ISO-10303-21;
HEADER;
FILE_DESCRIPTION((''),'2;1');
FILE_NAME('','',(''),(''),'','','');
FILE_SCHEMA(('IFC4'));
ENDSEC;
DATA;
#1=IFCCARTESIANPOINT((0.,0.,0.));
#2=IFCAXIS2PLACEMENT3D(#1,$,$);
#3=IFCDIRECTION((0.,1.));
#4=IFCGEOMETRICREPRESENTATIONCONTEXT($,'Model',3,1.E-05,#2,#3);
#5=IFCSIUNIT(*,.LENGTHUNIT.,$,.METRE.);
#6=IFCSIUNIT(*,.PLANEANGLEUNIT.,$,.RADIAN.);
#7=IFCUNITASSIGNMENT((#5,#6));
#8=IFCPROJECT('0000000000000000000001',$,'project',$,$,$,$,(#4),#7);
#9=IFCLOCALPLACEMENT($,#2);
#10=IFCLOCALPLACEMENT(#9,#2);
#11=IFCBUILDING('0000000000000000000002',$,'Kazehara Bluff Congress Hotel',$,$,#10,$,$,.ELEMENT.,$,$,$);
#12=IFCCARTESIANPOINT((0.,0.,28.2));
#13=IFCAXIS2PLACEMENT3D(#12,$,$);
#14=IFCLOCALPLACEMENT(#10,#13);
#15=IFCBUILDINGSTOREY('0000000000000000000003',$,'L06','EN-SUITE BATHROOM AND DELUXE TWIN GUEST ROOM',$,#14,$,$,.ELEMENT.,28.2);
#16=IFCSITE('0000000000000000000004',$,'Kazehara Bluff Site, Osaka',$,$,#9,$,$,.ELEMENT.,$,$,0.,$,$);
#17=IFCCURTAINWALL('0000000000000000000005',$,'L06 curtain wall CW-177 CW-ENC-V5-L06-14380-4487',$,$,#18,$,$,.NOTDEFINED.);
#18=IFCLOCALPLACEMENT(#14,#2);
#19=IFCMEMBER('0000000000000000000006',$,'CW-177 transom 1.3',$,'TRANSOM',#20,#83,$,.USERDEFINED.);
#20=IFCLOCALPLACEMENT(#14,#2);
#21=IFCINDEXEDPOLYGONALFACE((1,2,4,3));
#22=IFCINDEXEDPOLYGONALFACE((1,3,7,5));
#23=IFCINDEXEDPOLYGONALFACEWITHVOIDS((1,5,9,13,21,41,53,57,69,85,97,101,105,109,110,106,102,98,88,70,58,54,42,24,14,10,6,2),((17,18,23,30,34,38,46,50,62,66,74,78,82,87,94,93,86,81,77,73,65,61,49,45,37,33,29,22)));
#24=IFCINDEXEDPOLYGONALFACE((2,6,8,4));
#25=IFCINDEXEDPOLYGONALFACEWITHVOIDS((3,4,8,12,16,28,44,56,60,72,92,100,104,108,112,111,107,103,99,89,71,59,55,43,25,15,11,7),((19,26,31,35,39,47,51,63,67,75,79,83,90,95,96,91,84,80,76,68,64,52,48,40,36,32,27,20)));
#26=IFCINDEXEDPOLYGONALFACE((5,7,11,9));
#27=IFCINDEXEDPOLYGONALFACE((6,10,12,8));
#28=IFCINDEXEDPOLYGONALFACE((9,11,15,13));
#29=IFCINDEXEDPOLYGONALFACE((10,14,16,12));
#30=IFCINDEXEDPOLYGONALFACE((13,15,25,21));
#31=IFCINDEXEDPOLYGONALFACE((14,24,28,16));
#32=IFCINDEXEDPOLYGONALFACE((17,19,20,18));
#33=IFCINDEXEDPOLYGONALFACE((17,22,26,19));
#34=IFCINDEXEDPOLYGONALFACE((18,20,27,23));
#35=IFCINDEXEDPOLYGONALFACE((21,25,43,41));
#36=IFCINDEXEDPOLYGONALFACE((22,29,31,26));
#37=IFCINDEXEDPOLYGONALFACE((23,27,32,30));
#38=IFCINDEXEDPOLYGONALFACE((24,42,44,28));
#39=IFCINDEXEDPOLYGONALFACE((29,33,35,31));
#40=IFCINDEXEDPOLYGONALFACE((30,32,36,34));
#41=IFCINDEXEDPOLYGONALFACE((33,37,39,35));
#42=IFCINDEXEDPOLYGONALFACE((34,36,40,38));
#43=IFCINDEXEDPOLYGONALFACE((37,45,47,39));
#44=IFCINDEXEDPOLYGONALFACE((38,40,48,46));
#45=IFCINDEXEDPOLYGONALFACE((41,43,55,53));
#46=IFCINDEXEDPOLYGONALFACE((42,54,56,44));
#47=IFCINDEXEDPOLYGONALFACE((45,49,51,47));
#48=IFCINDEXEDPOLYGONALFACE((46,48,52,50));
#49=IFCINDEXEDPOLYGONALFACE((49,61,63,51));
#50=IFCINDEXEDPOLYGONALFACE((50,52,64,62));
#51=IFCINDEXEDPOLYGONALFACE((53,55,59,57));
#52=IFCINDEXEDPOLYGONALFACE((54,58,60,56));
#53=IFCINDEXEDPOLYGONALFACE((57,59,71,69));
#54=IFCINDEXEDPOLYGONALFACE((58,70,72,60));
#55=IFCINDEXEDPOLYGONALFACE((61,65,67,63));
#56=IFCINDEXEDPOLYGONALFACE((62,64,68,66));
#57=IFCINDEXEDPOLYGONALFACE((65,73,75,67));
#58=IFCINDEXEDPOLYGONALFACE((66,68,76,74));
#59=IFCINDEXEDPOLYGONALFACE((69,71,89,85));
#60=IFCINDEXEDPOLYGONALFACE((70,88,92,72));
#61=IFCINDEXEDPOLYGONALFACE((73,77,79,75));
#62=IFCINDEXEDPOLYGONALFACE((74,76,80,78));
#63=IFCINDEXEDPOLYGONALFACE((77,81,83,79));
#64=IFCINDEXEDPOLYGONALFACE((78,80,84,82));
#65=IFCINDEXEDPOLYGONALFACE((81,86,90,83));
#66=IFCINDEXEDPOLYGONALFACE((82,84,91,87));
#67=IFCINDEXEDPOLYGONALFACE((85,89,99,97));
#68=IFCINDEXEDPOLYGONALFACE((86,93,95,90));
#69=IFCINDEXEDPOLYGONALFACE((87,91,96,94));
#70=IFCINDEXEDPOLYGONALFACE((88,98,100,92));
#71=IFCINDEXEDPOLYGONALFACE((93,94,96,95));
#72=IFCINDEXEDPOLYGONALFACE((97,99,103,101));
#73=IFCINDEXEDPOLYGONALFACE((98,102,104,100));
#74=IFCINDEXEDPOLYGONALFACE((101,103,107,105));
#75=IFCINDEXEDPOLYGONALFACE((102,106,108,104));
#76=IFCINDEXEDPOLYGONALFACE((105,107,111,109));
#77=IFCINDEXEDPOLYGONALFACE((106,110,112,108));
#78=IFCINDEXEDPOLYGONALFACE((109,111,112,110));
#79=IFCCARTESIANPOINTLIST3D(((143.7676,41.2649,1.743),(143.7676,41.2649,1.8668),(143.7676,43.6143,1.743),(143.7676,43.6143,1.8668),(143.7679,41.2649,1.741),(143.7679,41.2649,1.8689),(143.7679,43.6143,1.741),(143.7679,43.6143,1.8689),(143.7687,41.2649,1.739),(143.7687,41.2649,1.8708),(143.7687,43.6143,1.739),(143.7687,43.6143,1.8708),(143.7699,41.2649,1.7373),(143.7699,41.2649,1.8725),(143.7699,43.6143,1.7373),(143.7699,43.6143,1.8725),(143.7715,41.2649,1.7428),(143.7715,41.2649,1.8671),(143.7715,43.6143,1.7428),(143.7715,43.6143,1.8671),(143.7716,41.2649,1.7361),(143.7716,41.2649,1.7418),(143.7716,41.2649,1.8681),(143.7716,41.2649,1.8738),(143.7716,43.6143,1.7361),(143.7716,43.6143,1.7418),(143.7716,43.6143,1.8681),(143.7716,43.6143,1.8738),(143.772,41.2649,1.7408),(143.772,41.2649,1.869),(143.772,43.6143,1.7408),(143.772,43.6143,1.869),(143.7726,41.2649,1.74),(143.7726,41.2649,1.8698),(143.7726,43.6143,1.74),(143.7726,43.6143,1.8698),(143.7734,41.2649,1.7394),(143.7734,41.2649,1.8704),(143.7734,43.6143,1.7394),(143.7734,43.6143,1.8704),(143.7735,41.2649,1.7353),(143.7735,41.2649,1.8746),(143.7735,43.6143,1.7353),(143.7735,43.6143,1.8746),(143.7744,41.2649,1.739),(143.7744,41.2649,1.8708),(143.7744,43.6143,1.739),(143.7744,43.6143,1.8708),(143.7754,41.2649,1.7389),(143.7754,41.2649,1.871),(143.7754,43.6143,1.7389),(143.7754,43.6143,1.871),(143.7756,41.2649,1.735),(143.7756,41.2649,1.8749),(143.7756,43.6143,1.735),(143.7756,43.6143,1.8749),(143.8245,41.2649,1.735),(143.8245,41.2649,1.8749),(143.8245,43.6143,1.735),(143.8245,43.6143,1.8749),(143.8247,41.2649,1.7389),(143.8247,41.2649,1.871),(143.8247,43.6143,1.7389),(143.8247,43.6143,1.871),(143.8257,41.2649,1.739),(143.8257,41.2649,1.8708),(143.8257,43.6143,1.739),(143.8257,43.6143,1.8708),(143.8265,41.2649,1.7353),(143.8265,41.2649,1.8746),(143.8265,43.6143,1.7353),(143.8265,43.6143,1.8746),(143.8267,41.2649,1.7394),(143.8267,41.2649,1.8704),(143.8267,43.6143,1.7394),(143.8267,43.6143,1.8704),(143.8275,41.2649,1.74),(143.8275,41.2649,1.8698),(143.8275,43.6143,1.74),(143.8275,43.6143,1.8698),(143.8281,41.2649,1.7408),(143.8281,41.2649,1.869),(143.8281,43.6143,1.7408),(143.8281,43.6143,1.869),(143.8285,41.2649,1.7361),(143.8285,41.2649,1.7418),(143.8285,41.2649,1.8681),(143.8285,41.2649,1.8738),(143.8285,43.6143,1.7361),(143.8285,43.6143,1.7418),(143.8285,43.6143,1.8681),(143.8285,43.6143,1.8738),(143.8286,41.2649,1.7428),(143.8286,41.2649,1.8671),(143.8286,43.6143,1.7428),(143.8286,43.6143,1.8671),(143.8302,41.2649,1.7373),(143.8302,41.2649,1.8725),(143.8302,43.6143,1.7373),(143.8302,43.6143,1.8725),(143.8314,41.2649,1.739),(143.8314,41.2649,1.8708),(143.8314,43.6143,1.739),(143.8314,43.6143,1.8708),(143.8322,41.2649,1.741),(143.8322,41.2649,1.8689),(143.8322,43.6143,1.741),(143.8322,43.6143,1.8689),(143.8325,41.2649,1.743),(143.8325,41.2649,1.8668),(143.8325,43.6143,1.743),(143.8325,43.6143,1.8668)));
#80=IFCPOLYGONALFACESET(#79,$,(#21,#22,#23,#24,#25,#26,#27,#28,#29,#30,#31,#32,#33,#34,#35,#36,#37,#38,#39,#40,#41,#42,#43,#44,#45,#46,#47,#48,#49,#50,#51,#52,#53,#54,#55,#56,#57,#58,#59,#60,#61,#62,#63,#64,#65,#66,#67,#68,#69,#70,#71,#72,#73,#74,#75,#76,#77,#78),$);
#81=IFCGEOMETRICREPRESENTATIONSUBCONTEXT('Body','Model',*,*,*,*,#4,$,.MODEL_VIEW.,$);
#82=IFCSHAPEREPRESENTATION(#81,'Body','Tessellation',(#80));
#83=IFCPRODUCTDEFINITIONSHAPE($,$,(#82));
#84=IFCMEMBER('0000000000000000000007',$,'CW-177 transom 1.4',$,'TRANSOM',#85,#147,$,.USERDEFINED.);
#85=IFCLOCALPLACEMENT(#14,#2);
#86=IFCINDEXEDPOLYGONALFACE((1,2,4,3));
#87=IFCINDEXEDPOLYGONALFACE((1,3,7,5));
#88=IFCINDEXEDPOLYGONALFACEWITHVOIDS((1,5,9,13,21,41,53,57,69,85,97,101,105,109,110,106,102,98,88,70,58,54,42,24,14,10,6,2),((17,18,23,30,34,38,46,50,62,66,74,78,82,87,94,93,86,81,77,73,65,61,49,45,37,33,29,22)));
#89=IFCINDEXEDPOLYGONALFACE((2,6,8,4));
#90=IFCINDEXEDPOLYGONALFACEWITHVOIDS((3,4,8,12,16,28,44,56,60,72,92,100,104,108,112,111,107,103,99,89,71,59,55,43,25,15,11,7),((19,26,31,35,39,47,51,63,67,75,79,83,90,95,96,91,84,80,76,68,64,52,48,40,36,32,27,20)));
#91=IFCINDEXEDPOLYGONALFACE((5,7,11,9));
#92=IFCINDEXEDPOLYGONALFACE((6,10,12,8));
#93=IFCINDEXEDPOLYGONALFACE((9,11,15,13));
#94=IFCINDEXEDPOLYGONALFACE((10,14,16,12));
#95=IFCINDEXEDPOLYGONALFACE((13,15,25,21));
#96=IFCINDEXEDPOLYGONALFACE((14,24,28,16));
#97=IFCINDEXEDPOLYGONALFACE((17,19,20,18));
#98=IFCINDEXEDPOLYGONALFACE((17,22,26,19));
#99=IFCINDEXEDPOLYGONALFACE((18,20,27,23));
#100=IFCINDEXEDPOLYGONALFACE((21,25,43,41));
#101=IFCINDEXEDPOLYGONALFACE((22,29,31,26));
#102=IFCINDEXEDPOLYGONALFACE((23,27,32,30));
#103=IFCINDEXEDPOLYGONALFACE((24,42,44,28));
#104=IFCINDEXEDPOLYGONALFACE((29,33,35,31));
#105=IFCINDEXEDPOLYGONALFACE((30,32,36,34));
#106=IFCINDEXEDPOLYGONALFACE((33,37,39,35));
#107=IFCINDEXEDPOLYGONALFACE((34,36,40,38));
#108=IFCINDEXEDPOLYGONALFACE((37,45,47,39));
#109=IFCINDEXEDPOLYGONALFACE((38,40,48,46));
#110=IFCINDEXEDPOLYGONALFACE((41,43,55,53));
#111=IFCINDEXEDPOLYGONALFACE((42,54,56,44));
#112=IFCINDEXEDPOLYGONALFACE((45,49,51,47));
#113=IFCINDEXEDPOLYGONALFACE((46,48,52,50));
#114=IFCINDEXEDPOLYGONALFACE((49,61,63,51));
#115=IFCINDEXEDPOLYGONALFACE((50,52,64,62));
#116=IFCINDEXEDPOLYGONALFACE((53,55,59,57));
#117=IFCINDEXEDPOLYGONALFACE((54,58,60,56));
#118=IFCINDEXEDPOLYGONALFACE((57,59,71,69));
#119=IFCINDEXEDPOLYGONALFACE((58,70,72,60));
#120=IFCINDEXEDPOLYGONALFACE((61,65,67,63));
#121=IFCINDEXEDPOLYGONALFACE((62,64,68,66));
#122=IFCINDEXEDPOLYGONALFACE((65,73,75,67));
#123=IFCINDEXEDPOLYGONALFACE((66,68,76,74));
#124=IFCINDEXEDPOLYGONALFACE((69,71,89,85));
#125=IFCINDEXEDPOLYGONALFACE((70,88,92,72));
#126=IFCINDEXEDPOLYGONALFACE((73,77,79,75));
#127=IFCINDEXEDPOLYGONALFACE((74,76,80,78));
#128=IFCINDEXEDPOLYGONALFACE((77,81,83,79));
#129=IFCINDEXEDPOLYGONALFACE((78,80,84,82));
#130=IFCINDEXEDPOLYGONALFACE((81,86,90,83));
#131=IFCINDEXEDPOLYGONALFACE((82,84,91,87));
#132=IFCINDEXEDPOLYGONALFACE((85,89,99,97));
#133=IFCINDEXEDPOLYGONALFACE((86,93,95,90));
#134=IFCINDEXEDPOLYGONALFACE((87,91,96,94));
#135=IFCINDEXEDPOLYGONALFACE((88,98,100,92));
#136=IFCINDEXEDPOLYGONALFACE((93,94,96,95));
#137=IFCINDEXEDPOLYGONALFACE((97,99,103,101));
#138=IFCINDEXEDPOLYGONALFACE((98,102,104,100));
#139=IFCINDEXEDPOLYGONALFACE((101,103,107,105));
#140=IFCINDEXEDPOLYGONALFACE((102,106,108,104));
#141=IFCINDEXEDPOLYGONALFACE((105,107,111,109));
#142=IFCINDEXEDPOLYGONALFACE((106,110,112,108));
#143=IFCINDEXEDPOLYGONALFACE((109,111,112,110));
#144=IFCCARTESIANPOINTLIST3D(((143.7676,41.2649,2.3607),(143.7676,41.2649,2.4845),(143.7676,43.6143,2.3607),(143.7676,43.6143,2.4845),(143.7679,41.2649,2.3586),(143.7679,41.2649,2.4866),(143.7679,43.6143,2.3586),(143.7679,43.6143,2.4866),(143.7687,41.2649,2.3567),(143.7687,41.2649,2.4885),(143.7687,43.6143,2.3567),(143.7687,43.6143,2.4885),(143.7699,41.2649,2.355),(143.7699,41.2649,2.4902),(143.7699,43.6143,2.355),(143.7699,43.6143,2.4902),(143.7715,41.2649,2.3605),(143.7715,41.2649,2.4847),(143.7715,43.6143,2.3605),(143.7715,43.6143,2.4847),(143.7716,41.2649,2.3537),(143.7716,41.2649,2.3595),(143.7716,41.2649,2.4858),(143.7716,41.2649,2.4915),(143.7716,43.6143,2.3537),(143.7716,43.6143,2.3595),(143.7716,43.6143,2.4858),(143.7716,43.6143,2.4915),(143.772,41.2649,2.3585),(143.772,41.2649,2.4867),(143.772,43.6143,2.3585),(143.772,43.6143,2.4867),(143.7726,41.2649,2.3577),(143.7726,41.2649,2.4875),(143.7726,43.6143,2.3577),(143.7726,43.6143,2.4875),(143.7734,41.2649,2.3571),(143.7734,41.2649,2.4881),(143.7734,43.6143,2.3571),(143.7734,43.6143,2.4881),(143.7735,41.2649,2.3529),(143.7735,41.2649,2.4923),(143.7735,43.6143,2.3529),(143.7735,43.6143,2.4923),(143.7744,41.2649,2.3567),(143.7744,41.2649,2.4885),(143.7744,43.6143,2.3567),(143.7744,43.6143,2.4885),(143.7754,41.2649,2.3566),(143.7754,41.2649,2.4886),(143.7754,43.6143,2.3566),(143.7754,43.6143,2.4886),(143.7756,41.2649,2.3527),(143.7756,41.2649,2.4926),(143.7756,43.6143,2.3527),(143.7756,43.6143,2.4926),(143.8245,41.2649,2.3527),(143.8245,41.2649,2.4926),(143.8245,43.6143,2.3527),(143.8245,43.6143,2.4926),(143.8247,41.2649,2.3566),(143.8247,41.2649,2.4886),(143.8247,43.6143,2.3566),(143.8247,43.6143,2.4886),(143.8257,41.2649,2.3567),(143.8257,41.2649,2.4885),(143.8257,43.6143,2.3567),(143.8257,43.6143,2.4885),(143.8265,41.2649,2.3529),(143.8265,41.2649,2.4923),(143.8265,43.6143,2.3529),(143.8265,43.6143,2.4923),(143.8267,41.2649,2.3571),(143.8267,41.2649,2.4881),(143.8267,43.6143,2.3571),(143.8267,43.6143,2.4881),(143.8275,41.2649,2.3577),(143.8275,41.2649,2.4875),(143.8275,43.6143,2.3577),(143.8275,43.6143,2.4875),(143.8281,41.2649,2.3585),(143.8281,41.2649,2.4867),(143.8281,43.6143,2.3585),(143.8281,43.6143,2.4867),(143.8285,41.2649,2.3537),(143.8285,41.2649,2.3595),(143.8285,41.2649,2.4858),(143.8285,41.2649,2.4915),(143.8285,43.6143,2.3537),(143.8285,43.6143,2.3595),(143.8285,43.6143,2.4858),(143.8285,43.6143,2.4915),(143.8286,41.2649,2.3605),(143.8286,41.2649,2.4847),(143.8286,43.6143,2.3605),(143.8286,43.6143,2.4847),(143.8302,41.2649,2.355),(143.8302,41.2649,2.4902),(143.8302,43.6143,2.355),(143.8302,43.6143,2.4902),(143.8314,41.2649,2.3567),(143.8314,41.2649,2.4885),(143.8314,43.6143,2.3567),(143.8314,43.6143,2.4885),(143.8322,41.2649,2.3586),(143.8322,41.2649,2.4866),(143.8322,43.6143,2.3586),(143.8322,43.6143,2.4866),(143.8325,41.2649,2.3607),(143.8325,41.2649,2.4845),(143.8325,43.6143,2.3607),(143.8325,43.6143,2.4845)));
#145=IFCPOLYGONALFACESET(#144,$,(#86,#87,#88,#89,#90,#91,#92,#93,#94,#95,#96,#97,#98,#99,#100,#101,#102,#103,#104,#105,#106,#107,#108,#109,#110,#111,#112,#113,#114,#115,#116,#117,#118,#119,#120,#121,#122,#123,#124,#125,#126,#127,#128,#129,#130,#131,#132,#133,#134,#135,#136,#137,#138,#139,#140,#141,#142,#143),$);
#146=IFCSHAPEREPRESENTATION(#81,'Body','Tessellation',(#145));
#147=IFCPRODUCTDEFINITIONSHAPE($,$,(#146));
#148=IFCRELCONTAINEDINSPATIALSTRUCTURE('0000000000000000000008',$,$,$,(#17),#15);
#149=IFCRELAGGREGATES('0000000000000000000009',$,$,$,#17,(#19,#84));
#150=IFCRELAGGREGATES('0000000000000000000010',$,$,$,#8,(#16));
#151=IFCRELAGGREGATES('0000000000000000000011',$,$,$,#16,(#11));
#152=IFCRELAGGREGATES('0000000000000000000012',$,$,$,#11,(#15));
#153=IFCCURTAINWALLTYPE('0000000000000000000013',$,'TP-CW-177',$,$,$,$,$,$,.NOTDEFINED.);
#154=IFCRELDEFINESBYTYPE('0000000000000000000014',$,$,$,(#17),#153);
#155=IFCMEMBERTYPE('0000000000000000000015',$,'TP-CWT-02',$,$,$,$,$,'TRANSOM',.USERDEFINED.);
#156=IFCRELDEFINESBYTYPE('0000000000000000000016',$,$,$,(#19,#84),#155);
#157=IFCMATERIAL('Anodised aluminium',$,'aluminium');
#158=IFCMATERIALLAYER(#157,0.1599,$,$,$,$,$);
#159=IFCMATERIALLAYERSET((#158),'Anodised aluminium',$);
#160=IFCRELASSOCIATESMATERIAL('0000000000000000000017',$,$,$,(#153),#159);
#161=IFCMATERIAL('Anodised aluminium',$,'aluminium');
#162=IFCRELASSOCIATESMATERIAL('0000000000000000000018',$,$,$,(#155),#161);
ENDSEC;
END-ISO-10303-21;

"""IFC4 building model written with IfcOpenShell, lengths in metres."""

from ifc_helpers import new_model, si_unit, direction, frame, origin, origin_2d, place, context, subcontext, project, spatial, hollow_rectangle, extrude, material, layer, layer_set, material_profile, profile_set, type_object, element, aggregate, save


model = new_model("IFC4")

# Units and contexts
model_context = context("Model", 3, precision=1e-05, world=origin(), true_north=direction((0.0, 1.0)))
body_context = subcontext(model_context, "Body", "Model", "MODEL_VIEW")
ifc_project = project(units=[si_unit("LENGTHUNIT", "METRE"), si_unit("PLANEANGLEUNIT", "RADIAN")], contexts=[model_context])

# Site, building, storey
site_placement = place(None, origin())
site = spatial("IfcSite", under=ifc_project, at=site_placement, Name="Kazehara Bluff Site, Osaka", CompositionType="ELEMENT", RefElevation=0.0)
building_placement = place(site_placement, origin())
building = spatial("IfcBuilding", under=site, at=building_placement, Name="Kazehara Bluff Congress Hotel", CompositionType="ELEMENT")
storey_placement = place(building_placement, frame((0.0, 0.0, 28.2)))
storey = spatial("IfcBuildingStorey", under=building, at=storey_placement, Name="L06", Description="EN-SUITE BATHROOM AND DELUXE TWIN GUEST ROOM", CompositionType="ELEMENT", Elevation=28.2)

# Curtain wall, members
ifc_material_1 = material(Name="Anodised aluminium", Category="aluminium")
ifc_layer_1 = layer(ifc_material_1, 0.1599)
ifc_layer_set_1 = layer_set([ifc_layer_1], Name="Anodised aluminium")
curtain_wall_type = type_object("IfcCurtainWallType", Name="TP-CW-177", PredefinedType="NOTDEFINED", material=ifc_layer_set_1)
curtain_wall_placement = place(storey_placement, origin())
curtain_wall = element("IfcCurtainWall", 1, at=curtain_wall_placement, inside=storey, type_object=curtain_wall_type, Name="L06 curtain wall CW-177 CW-ENC-V5-L06-14380-4487", PredefinedType="NOTDEFINED")
ifc_material_2 = material(Name="Anodised aluminium", Category="aluminium")
ifc_material_profile_1 = material_profile(ifc_material_2, hollow_rectangle(XDim=0.0649, YDim=0.1399, WallThickness=0.0039, InnerFilletRadius=0.0039, OuterFilletRadius=0.0081, at=origin_2d()))
ifc_profile_set_1 = profile_set([ifc_material_profile_1], Name="Anodised aluminium")
member_type_1 = type_object("IfcMemberType", Name="TP-CWT-02", ElementType="TRANSOM", PredefinedType="USERDEFINED", material=ifc_profile_set_1)
member_1_placement = place(storey_placement, frame((143.8, 41.2649, 1.8049), z_axis=(0.0, 1.0, 0.0), x_axis=(-1.0, 0.0, 0.0)))
member_1 = element("IfcMember", 2, at=member_1_placement, type_object=member_type_1, Name="CW-177 transom 1.3", ObjectType="TRANSOM", PredefinedType="USERDEFINED", context=body_context, shape_type="SweptSolid", body=[
    extrude(hollow_rectangle(XDim=0.0649, YDim=0.1399, WallThickness=0.0039, InnerFilletRadius=0.0039, OuterFilletRadius=0.0081, at=origin_2d()), origin(), (0.0, 0.0, 1.0), 2.3494),
])
member_2_placement = place(storey_placement, frame((143.8, 41.2649, 2.4226), z_axis=(0.0, 1.0, 0.0), x_axis=(-1.0, 0.0, 0.0)))
member_2 = element("IfcMember", 3, at=member_2_placement, type_object=member_type_1, Name="CW-177 transom 1.4", ObjectType="TRANSOM", PredefinedType="USERDEFINED", context=body_context, shape_type="SweptSolid", body=[
    extrude(hollow_rectangle(XDim=0.0649, YDim=0.1399, WallThickness=0.0039, InnerFilletRadius=0.0039, OuterFilletRadius=0.0081, at=origin_2d()), origin(), (0.0, 0.0, 1.0), 2.3494),
])
aggregate(curtain_wall, [member_1, member_2])

save(model, "model.ifc")
